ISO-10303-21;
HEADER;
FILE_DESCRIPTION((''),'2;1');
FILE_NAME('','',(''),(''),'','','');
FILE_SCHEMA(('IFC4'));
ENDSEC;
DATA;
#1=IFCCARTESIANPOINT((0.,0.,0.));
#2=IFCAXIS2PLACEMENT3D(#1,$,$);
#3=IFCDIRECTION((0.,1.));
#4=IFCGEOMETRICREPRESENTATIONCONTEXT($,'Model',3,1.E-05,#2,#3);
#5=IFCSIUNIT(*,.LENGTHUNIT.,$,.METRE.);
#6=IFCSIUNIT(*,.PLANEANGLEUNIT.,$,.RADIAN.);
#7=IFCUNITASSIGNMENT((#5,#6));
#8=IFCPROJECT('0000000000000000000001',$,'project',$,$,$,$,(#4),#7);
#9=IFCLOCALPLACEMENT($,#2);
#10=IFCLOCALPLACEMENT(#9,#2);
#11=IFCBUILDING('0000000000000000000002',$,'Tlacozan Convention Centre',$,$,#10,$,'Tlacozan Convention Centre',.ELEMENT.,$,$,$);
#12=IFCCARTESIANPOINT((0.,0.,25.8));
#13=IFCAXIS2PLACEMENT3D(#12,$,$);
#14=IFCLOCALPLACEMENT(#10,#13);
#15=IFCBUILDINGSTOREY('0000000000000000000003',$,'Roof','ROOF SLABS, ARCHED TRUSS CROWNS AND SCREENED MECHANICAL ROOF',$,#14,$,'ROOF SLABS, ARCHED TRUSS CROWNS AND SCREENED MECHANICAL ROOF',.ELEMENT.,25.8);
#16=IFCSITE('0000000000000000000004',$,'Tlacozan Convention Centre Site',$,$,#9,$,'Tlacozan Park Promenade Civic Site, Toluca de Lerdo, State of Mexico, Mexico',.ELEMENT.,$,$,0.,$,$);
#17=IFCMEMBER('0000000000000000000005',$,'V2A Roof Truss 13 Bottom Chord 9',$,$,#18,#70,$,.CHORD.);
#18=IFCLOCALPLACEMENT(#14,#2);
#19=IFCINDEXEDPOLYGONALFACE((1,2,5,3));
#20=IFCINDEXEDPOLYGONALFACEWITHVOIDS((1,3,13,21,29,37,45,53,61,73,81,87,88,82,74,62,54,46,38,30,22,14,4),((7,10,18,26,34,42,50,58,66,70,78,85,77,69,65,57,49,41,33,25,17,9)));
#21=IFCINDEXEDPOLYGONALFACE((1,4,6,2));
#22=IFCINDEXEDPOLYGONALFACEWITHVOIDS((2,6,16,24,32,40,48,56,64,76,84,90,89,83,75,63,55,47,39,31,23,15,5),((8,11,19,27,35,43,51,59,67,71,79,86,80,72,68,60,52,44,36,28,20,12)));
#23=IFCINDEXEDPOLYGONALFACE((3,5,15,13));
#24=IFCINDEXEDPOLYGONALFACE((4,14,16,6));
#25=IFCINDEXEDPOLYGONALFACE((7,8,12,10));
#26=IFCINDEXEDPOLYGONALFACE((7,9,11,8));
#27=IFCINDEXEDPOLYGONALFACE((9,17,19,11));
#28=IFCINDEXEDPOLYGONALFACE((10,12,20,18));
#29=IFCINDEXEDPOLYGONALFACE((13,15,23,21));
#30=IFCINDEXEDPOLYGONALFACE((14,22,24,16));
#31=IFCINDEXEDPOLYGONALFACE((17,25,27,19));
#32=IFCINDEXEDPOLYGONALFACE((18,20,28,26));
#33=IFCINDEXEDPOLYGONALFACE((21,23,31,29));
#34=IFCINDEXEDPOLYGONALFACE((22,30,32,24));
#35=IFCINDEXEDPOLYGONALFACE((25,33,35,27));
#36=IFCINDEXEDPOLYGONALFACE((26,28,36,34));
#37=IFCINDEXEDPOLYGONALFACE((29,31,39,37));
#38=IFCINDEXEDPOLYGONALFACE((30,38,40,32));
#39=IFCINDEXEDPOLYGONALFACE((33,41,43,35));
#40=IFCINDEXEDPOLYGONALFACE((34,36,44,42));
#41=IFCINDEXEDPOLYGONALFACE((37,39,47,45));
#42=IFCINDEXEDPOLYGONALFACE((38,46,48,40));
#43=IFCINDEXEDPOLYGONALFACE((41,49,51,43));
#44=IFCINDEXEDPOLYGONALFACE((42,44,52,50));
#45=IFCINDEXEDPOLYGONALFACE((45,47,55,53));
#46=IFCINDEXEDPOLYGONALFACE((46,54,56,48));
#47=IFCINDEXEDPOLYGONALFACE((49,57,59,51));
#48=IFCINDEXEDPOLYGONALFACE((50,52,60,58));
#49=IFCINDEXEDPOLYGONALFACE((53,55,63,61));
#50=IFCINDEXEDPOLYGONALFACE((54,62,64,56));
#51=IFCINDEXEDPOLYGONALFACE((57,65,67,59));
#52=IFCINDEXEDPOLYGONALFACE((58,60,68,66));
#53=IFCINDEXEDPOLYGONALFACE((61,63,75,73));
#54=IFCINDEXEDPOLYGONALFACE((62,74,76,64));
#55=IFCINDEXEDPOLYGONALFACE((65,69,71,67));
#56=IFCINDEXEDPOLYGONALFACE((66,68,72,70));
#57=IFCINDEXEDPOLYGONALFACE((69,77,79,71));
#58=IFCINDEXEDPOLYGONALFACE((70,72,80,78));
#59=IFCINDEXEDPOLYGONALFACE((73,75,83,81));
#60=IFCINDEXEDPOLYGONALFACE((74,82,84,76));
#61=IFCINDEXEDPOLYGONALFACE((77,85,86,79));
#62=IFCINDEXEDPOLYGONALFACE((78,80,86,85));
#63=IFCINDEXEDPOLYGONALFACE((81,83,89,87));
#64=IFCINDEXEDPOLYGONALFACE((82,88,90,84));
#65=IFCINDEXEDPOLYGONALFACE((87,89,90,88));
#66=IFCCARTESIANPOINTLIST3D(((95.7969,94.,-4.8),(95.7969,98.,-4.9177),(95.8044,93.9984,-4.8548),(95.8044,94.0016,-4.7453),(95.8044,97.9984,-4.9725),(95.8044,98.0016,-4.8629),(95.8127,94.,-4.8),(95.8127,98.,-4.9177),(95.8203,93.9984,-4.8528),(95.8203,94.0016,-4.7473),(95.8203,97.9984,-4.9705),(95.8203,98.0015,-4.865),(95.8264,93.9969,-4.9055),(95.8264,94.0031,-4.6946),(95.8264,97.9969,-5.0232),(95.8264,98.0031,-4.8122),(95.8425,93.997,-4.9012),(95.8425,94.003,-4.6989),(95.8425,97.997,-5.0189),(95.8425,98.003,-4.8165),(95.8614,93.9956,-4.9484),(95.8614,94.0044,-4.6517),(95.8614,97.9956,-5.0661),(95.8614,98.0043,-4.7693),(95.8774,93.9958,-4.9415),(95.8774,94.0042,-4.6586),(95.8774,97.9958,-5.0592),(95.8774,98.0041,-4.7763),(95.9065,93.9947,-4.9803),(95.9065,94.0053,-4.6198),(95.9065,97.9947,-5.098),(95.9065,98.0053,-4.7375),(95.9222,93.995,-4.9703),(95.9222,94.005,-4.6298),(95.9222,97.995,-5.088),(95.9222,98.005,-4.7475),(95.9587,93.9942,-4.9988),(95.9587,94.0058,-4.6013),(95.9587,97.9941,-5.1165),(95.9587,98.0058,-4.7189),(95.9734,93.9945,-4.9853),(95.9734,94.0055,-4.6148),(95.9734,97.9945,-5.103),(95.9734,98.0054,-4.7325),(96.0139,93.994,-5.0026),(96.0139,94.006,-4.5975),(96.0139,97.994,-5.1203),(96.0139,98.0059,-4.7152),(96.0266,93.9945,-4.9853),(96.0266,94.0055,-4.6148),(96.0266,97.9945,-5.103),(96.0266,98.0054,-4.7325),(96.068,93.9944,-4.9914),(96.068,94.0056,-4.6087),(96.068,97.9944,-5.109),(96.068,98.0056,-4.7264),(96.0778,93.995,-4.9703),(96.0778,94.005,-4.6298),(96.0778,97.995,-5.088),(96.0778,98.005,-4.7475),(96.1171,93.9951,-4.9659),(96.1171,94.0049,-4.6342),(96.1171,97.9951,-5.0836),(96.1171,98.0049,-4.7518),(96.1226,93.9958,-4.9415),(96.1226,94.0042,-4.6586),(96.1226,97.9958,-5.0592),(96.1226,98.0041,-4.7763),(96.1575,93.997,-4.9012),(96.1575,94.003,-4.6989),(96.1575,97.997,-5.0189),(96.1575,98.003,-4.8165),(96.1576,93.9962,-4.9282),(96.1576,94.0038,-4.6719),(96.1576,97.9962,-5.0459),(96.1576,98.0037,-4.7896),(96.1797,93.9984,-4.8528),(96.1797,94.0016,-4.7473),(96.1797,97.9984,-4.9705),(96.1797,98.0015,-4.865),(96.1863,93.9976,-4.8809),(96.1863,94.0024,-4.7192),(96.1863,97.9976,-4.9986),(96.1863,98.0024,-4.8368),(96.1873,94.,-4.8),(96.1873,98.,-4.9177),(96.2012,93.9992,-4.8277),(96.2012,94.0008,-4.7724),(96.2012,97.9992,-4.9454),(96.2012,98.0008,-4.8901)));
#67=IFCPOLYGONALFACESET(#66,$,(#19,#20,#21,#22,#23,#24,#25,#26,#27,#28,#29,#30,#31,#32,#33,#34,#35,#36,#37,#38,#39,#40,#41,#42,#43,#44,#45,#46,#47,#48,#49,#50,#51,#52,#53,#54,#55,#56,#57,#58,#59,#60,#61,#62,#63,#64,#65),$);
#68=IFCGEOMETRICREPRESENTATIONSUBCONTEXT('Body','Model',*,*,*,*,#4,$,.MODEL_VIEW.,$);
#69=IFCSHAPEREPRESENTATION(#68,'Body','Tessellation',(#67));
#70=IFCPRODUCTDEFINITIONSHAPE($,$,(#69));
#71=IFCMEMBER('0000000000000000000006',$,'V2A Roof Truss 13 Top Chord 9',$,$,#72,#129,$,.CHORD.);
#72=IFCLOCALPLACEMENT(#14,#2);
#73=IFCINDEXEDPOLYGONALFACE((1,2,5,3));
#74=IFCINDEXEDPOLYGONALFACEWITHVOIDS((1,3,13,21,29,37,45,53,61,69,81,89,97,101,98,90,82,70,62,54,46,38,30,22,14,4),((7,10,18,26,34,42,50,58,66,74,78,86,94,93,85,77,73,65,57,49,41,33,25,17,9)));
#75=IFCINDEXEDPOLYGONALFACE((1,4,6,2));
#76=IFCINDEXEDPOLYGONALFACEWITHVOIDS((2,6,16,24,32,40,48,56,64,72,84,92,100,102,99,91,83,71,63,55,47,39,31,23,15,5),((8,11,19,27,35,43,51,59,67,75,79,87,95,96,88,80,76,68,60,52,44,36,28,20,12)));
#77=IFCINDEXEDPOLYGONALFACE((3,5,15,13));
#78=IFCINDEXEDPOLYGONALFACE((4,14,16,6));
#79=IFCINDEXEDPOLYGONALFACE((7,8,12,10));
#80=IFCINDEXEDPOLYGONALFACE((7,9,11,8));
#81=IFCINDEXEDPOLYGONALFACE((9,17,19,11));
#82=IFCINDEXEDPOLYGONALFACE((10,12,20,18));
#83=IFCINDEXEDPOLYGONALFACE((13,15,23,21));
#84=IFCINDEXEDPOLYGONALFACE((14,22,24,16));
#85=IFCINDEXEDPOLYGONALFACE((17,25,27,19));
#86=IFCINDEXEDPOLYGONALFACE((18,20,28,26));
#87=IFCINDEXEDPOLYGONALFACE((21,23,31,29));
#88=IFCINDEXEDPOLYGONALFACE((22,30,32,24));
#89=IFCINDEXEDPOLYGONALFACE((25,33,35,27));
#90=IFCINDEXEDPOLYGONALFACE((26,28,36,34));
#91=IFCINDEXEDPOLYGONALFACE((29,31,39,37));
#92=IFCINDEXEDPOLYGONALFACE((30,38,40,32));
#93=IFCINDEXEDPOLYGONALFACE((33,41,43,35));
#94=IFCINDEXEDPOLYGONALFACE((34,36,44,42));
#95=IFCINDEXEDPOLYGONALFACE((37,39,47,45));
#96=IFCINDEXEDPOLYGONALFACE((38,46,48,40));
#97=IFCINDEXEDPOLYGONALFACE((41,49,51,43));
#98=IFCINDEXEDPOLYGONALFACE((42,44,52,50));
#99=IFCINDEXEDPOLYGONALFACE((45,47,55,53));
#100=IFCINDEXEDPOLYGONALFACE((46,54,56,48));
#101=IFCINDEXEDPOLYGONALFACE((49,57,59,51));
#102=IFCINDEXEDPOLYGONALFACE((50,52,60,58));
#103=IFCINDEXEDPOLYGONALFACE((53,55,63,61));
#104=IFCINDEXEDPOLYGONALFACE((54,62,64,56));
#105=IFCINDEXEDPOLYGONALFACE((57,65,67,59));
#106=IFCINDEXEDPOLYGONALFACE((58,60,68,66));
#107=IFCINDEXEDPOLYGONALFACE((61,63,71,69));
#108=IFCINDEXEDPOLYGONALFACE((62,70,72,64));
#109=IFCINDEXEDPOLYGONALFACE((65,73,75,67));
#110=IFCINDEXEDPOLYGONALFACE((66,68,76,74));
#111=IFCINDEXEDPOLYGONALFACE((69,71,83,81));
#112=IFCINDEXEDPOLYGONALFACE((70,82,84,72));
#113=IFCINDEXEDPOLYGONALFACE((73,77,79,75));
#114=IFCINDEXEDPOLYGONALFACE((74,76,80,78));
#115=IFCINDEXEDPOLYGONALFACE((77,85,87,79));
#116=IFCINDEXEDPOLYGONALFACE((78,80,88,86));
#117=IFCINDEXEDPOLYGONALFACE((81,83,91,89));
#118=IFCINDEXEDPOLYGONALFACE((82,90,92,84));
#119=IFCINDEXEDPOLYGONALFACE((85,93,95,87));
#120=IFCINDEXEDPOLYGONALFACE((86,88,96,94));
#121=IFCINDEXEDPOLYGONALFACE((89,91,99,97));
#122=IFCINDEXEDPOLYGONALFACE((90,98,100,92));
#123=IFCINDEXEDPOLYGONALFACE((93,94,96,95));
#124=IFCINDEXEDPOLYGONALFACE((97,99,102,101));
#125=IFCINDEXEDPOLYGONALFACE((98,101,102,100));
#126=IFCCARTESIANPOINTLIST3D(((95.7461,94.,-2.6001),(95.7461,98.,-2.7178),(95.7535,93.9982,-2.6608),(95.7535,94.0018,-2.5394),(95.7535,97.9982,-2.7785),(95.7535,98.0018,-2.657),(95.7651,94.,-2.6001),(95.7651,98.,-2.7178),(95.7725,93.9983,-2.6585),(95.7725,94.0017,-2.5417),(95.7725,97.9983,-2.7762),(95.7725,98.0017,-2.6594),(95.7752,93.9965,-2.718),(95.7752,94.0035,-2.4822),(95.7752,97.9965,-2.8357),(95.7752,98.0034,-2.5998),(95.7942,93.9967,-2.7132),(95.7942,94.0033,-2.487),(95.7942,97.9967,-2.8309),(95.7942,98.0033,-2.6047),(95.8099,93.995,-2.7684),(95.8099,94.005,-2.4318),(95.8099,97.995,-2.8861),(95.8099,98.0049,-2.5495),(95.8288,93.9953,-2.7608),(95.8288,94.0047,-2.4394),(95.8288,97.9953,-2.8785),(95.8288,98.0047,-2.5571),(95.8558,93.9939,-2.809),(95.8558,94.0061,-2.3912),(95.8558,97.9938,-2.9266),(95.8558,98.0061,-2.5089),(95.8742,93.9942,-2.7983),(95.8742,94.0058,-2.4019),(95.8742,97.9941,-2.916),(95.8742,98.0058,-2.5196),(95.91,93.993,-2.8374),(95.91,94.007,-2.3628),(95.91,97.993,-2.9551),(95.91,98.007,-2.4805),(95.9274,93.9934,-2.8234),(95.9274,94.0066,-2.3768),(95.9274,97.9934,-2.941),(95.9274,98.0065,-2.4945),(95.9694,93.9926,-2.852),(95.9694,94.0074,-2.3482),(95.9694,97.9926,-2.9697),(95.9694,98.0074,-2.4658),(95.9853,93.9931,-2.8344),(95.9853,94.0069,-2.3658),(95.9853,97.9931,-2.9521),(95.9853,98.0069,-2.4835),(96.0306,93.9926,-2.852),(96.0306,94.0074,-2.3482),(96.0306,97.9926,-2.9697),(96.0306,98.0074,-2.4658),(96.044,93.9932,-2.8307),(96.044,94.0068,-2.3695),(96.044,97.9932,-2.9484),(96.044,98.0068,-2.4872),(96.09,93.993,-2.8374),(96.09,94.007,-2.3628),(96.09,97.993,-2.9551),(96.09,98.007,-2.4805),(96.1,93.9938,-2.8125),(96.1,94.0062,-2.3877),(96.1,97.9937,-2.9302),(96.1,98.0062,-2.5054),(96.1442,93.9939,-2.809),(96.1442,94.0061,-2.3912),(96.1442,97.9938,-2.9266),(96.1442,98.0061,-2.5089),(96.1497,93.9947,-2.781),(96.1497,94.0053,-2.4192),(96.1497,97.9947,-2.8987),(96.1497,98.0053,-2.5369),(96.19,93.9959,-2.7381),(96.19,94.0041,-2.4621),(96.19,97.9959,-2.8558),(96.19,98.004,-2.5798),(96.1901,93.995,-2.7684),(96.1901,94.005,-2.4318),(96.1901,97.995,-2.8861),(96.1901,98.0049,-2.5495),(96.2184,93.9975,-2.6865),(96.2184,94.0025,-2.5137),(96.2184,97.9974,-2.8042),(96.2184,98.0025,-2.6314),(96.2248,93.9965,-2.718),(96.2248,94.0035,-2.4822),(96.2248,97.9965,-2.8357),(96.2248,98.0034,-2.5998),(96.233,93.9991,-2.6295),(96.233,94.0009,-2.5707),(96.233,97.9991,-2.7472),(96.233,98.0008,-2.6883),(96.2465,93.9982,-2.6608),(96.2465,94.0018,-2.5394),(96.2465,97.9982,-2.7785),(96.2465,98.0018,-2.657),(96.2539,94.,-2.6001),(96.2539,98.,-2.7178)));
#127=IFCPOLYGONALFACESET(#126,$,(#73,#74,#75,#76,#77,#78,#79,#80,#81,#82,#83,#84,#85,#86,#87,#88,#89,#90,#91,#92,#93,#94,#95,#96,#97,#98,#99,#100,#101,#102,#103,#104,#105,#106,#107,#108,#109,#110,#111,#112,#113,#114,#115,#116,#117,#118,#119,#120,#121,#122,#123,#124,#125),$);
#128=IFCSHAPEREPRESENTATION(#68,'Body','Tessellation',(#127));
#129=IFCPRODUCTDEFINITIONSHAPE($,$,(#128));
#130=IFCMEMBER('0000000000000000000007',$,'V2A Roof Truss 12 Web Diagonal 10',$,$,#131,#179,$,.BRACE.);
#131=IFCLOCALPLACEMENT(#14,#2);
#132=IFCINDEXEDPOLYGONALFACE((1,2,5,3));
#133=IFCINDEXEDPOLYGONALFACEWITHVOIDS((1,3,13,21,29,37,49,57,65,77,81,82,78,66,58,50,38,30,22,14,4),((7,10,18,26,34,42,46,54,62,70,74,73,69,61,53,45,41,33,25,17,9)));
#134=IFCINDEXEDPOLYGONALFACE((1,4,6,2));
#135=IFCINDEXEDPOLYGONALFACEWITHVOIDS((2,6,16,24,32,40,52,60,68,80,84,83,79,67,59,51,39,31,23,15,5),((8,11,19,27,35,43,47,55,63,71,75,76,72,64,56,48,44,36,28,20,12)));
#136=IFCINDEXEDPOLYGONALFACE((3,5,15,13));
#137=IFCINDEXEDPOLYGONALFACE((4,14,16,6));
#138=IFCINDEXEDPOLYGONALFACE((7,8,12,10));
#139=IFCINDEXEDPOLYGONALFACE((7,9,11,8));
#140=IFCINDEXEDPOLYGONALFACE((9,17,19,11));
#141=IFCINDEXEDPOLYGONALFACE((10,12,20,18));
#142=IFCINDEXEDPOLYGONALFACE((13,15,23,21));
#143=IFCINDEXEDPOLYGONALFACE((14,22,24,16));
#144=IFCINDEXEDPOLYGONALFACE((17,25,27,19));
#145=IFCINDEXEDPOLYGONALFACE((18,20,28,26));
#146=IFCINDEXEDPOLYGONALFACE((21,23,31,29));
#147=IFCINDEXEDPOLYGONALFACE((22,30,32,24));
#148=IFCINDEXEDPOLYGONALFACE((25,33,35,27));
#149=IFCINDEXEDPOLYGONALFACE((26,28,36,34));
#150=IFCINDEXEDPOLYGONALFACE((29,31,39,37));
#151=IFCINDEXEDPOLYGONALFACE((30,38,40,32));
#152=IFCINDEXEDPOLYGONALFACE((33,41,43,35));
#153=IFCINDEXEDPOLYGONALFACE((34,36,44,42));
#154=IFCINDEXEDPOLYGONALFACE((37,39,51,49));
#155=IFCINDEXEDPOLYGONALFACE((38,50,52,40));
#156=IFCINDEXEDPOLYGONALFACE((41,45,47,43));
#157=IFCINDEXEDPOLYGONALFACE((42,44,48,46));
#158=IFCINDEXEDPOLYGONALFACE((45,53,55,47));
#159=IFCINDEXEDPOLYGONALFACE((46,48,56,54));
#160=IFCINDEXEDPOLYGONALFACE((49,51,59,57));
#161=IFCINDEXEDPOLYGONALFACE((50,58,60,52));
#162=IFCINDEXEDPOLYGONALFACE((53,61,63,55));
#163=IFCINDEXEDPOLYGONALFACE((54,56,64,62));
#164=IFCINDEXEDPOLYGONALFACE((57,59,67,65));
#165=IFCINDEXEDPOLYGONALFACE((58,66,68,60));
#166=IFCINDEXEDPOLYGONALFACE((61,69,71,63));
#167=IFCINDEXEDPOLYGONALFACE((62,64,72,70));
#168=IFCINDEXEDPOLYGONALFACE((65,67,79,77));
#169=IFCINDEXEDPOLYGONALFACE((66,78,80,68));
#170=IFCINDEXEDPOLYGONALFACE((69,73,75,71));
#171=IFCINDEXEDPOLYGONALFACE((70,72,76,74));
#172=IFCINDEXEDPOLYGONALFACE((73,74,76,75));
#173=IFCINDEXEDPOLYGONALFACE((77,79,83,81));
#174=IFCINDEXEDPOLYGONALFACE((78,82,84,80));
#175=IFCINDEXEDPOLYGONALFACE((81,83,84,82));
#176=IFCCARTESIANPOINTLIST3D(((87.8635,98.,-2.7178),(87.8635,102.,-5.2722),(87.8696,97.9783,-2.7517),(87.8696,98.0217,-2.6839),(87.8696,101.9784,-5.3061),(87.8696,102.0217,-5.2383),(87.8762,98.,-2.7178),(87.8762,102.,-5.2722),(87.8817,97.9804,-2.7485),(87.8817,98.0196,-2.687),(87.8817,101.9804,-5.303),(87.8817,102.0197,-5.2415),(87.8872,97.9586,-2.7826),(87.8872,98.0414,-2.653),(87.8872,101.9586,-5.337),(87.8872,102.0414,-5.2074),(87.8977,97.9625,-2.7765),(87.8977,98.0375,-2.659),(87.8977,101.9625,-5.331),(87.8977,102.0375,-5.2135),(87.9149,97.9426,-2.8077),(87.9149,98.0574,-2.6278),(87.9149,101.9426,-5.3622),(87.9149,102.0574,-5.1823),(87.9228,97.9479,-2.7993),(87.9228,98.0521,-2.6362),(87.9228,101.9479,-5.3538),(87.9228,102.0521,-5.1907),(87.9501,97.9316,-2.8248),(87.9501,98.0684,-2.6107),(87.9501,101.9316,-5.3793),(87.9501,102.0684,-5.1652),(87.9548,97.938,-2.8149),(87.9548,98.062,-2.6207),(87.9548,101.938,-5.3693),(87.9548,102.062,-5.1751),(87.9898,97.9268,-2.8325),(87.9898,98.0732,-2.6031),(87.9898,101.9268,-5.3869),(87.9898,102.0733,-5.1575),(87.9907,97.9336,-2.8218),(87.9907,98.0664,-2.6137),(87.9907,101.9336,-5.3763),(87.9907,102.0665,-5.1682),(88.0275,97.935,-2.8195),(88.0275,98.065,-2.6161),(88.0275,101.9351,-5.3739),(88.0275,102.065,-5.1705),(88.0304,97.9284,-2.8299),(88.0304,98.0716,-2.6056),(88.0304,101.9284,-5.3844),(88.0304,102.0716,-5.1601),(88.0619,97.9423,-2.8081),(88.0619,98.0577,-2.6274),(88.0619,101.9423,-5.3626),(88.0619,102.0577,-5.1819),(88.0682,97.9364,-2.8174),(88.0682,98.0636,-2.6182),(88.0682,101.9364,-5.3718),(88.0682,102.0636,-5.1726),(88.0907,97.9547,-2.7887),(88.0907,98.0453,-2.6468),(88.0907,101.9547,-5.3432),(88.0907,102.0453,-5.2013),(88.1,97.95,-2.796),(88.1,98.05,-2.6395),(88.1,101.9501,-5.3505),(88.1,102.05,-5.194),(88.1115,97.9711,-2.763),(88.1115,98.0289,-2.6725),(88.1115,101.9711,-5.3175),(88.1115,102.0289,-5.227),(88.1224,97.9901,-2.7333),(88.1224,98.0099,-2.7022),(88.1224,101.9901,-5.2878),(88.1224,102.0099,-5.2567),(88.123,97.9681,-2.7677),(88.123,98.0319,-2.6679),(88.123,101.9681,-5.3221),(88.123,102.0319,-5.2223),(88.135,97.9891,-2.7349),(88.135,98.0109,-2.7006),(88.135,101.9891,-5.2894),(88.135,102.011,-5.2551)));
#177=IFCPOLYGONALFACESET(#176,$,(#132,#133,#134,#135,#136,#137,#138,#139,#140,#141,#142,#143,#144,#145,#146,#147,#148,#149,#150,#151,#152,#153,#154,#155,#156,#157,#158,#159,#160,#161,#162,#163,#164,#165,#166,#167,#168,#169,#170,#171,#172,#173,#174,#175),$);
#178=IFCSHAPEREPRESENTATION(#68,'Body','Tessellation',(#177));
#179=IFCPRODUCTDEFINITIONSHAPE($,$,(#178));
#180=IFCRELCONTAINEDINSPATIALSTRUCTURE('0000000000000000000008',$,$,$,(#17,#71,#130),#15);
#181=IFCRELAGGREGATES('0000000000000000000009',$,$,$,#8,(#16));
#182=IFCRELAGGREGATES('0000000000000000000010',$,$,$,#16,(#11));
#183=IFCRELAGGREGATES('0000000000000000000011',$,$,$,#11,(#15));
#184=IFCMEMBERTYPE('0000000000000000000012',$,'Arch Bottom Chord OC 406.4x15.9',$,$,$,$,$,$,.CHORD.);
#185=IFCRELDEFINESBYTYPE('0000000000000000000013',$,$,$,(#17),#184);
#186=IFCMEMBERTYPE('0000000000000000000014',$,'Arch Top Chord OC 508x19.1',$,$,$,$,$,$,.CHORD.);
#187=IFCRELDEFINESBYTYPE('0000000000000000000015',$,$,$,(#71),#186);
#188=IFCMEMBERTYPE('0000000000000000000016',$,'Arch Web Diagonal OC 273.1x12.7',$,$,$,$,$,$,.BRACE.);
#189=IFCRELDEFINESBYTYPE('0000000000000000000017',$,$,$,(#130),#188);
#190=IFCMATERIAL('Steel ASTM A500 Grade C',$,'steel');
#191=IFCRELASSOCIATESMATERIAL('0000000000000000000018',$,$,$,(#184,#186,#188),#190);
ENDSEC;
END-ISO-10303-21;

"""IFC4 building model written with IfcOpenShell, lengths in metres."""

from ifc_helpers import new_model, si_unit, direction, frame, origin, origin_2d, place, context, subcontext, project, spatial, hollow_circle, extrude, material, material_profile, profile_set, type_object, element, save


model = new_model("IFC4")

# Units and contexts
model_context = context("Model", 3, precision=1e-05, world=origin(), true_north=direction((0.0, 1.0)))
body_context = subcontext(model_context, "Body", "Model", "MODEL_VIEW")
ifc_project = project(units=[si_unit("LENGTHUNIT", "METRE"), si_unit("PLANEANGLEUNIT", "RADIAN")], contexts=[model_context])

# Site, building, storey
site_placement = place(None, origin())
site = spatial("IfcSite", under=ifc_project, at=site_placement, Name="Tlacozan Convention Centre Site", LongName="Tlacozan Park Promenade Civic Site, Toluca de Lerdo, State of Mexico, Mexico", CompositionType="ELEMENT", RefElevation=0.0)
building_placement = place(site_placement, origin())
building = spatial("IfcBuilding", under=site, at=building_placement, Name="Tlacozan Convention Centre", LongName="Tlacozan Convention Centre", CompositionType="ELEMENT")
storey_placement = place(building_placement, frame((0.0, 0.0, 25.8)))
storey = spatial("IfcBuildingStorey", under=building, at=storey_placement, Name="Roof", Description="ROOF SLABS, ARCHED TRUSS CROWNS AND SCREENED MECHANICAL ROOF", LongName="ROOF SLABS, ARCHED TRUSS CROWNS AND SCREENED MECHANICAL ROOF", CompositionType="ELEMENT", Elevation=25.8)

# Members
ifc_material_1 = material(Name="Steel ASTM A500 Grade C", Category="steel")
ifc_material_profile_1 = material_profile(ifc_material_1, hollow_circle(Radius=0.2031, WallThickness=0.0159, at=origin_2d()), Name="OC 406.4x15.9")
ifc_profile_set_1 = profile_set([ifc_material_profile_1], Name="Steel ASTM A500 Grade C")
member_type_1 = type_object("IfcMemberType", Name="Arch Bottom Chord OC 406.4x15.9", PredefinedType="CHORD", material=ifc_profile_set_1)
member_1_placement = place(storey_placement, frame((96.0, 94.0, -4.8), z_axis=(0.0, 0.999568, -0.029406), x_axis=(-1.0, 0.0, 0.0)))
element("IfcMember", 1, at=member_1_placement, inside=storey, type_object=member_type_1, Name="V2A Roof Truss 13 Bottom Chord 9", PredefinedType="CHORD", context=body_context, shape_type="SweptSolid", body=[
    extrude(hollow_circle(Radius=0.2031, WallThickness=0.0159, at=origin_2d()), origin(), (0.0, 0.0, 1.0), 4.0017),
])
ifc_material_profile_2 = material_profile(ifc_material_1, hollow_circle(Radius=0.2539, WallThickness=0.019, at=origin_2d()), Name="OC 508.0x19.1")
ifc_profile_set_2 = profile_set([ifc_material_profile_2], Name="Steel ASTM A500 Grade C")
member_type_2 = type_object("IfcMemberType", Name="Arch Top Chord OC 508x19.1", PredefinedType="CHORD", material=ifc_profile_set_2)
member_2_placement = place(storey_placement, frame((96.0, 94.0, -2.6001), z_axis=(0.0, 0.999568, -0.029406), x_axis=(-1.0, 0.0, 0.0)))
element("IfcMember", 2, at=member_2_placement, inside=storey, type_object=member_type_2, Name="V2A Roof Truss 13 Top Chord 9", PredefinedType="CHORD", context=body_context, shape_type="SweptSolid", body=[
    extrude(hollow_circle(Radius=0.2539, WallThickness=0.019, at=origin_2d()), origin(), (0.0, 0.0, 1.0), 4.0017),
])
ifc_material_profile_3 = material_profile(ifc_material_1, hollow_circle(Radius=0.1365, WallThickness=0.0127, at=origin_2d()), Name="OC 273.1x12.7")
ifc_profile_set_3 = profile_set([ifc_material_profile_3], Name="Steel ASTM A500 Grade C")
member_type_3 = type_object("IfcMemberType", Name="Arch Web Diagonal OC 273.1x12.7", PredefinedType="BRACE", material=ifc_profile_set_3)
member_3_placement = place(storey_placement, frame((88.0, 98.0, -2.7178), z_axis=(0.0, 0.842803, -0.538223), x_axis=(-1.0, 0.0, 0.0)))
element("IfcMember", 3, at=member_3_placement, inside=storey, type_object=member_type_3, Name="V2A Roof Truss 12 Web Diagonal 10", PredefinedType="BRACE", context=body_context, shape_type="SweptSolid", body=[
    extrude(hollow_circle(Radius=0.1365, WallThickness=0.0127, at=origin_2d()), origin(), (0.0, 0.0, 1.0), 4.7461),
])

save(model, "model.ifc")
